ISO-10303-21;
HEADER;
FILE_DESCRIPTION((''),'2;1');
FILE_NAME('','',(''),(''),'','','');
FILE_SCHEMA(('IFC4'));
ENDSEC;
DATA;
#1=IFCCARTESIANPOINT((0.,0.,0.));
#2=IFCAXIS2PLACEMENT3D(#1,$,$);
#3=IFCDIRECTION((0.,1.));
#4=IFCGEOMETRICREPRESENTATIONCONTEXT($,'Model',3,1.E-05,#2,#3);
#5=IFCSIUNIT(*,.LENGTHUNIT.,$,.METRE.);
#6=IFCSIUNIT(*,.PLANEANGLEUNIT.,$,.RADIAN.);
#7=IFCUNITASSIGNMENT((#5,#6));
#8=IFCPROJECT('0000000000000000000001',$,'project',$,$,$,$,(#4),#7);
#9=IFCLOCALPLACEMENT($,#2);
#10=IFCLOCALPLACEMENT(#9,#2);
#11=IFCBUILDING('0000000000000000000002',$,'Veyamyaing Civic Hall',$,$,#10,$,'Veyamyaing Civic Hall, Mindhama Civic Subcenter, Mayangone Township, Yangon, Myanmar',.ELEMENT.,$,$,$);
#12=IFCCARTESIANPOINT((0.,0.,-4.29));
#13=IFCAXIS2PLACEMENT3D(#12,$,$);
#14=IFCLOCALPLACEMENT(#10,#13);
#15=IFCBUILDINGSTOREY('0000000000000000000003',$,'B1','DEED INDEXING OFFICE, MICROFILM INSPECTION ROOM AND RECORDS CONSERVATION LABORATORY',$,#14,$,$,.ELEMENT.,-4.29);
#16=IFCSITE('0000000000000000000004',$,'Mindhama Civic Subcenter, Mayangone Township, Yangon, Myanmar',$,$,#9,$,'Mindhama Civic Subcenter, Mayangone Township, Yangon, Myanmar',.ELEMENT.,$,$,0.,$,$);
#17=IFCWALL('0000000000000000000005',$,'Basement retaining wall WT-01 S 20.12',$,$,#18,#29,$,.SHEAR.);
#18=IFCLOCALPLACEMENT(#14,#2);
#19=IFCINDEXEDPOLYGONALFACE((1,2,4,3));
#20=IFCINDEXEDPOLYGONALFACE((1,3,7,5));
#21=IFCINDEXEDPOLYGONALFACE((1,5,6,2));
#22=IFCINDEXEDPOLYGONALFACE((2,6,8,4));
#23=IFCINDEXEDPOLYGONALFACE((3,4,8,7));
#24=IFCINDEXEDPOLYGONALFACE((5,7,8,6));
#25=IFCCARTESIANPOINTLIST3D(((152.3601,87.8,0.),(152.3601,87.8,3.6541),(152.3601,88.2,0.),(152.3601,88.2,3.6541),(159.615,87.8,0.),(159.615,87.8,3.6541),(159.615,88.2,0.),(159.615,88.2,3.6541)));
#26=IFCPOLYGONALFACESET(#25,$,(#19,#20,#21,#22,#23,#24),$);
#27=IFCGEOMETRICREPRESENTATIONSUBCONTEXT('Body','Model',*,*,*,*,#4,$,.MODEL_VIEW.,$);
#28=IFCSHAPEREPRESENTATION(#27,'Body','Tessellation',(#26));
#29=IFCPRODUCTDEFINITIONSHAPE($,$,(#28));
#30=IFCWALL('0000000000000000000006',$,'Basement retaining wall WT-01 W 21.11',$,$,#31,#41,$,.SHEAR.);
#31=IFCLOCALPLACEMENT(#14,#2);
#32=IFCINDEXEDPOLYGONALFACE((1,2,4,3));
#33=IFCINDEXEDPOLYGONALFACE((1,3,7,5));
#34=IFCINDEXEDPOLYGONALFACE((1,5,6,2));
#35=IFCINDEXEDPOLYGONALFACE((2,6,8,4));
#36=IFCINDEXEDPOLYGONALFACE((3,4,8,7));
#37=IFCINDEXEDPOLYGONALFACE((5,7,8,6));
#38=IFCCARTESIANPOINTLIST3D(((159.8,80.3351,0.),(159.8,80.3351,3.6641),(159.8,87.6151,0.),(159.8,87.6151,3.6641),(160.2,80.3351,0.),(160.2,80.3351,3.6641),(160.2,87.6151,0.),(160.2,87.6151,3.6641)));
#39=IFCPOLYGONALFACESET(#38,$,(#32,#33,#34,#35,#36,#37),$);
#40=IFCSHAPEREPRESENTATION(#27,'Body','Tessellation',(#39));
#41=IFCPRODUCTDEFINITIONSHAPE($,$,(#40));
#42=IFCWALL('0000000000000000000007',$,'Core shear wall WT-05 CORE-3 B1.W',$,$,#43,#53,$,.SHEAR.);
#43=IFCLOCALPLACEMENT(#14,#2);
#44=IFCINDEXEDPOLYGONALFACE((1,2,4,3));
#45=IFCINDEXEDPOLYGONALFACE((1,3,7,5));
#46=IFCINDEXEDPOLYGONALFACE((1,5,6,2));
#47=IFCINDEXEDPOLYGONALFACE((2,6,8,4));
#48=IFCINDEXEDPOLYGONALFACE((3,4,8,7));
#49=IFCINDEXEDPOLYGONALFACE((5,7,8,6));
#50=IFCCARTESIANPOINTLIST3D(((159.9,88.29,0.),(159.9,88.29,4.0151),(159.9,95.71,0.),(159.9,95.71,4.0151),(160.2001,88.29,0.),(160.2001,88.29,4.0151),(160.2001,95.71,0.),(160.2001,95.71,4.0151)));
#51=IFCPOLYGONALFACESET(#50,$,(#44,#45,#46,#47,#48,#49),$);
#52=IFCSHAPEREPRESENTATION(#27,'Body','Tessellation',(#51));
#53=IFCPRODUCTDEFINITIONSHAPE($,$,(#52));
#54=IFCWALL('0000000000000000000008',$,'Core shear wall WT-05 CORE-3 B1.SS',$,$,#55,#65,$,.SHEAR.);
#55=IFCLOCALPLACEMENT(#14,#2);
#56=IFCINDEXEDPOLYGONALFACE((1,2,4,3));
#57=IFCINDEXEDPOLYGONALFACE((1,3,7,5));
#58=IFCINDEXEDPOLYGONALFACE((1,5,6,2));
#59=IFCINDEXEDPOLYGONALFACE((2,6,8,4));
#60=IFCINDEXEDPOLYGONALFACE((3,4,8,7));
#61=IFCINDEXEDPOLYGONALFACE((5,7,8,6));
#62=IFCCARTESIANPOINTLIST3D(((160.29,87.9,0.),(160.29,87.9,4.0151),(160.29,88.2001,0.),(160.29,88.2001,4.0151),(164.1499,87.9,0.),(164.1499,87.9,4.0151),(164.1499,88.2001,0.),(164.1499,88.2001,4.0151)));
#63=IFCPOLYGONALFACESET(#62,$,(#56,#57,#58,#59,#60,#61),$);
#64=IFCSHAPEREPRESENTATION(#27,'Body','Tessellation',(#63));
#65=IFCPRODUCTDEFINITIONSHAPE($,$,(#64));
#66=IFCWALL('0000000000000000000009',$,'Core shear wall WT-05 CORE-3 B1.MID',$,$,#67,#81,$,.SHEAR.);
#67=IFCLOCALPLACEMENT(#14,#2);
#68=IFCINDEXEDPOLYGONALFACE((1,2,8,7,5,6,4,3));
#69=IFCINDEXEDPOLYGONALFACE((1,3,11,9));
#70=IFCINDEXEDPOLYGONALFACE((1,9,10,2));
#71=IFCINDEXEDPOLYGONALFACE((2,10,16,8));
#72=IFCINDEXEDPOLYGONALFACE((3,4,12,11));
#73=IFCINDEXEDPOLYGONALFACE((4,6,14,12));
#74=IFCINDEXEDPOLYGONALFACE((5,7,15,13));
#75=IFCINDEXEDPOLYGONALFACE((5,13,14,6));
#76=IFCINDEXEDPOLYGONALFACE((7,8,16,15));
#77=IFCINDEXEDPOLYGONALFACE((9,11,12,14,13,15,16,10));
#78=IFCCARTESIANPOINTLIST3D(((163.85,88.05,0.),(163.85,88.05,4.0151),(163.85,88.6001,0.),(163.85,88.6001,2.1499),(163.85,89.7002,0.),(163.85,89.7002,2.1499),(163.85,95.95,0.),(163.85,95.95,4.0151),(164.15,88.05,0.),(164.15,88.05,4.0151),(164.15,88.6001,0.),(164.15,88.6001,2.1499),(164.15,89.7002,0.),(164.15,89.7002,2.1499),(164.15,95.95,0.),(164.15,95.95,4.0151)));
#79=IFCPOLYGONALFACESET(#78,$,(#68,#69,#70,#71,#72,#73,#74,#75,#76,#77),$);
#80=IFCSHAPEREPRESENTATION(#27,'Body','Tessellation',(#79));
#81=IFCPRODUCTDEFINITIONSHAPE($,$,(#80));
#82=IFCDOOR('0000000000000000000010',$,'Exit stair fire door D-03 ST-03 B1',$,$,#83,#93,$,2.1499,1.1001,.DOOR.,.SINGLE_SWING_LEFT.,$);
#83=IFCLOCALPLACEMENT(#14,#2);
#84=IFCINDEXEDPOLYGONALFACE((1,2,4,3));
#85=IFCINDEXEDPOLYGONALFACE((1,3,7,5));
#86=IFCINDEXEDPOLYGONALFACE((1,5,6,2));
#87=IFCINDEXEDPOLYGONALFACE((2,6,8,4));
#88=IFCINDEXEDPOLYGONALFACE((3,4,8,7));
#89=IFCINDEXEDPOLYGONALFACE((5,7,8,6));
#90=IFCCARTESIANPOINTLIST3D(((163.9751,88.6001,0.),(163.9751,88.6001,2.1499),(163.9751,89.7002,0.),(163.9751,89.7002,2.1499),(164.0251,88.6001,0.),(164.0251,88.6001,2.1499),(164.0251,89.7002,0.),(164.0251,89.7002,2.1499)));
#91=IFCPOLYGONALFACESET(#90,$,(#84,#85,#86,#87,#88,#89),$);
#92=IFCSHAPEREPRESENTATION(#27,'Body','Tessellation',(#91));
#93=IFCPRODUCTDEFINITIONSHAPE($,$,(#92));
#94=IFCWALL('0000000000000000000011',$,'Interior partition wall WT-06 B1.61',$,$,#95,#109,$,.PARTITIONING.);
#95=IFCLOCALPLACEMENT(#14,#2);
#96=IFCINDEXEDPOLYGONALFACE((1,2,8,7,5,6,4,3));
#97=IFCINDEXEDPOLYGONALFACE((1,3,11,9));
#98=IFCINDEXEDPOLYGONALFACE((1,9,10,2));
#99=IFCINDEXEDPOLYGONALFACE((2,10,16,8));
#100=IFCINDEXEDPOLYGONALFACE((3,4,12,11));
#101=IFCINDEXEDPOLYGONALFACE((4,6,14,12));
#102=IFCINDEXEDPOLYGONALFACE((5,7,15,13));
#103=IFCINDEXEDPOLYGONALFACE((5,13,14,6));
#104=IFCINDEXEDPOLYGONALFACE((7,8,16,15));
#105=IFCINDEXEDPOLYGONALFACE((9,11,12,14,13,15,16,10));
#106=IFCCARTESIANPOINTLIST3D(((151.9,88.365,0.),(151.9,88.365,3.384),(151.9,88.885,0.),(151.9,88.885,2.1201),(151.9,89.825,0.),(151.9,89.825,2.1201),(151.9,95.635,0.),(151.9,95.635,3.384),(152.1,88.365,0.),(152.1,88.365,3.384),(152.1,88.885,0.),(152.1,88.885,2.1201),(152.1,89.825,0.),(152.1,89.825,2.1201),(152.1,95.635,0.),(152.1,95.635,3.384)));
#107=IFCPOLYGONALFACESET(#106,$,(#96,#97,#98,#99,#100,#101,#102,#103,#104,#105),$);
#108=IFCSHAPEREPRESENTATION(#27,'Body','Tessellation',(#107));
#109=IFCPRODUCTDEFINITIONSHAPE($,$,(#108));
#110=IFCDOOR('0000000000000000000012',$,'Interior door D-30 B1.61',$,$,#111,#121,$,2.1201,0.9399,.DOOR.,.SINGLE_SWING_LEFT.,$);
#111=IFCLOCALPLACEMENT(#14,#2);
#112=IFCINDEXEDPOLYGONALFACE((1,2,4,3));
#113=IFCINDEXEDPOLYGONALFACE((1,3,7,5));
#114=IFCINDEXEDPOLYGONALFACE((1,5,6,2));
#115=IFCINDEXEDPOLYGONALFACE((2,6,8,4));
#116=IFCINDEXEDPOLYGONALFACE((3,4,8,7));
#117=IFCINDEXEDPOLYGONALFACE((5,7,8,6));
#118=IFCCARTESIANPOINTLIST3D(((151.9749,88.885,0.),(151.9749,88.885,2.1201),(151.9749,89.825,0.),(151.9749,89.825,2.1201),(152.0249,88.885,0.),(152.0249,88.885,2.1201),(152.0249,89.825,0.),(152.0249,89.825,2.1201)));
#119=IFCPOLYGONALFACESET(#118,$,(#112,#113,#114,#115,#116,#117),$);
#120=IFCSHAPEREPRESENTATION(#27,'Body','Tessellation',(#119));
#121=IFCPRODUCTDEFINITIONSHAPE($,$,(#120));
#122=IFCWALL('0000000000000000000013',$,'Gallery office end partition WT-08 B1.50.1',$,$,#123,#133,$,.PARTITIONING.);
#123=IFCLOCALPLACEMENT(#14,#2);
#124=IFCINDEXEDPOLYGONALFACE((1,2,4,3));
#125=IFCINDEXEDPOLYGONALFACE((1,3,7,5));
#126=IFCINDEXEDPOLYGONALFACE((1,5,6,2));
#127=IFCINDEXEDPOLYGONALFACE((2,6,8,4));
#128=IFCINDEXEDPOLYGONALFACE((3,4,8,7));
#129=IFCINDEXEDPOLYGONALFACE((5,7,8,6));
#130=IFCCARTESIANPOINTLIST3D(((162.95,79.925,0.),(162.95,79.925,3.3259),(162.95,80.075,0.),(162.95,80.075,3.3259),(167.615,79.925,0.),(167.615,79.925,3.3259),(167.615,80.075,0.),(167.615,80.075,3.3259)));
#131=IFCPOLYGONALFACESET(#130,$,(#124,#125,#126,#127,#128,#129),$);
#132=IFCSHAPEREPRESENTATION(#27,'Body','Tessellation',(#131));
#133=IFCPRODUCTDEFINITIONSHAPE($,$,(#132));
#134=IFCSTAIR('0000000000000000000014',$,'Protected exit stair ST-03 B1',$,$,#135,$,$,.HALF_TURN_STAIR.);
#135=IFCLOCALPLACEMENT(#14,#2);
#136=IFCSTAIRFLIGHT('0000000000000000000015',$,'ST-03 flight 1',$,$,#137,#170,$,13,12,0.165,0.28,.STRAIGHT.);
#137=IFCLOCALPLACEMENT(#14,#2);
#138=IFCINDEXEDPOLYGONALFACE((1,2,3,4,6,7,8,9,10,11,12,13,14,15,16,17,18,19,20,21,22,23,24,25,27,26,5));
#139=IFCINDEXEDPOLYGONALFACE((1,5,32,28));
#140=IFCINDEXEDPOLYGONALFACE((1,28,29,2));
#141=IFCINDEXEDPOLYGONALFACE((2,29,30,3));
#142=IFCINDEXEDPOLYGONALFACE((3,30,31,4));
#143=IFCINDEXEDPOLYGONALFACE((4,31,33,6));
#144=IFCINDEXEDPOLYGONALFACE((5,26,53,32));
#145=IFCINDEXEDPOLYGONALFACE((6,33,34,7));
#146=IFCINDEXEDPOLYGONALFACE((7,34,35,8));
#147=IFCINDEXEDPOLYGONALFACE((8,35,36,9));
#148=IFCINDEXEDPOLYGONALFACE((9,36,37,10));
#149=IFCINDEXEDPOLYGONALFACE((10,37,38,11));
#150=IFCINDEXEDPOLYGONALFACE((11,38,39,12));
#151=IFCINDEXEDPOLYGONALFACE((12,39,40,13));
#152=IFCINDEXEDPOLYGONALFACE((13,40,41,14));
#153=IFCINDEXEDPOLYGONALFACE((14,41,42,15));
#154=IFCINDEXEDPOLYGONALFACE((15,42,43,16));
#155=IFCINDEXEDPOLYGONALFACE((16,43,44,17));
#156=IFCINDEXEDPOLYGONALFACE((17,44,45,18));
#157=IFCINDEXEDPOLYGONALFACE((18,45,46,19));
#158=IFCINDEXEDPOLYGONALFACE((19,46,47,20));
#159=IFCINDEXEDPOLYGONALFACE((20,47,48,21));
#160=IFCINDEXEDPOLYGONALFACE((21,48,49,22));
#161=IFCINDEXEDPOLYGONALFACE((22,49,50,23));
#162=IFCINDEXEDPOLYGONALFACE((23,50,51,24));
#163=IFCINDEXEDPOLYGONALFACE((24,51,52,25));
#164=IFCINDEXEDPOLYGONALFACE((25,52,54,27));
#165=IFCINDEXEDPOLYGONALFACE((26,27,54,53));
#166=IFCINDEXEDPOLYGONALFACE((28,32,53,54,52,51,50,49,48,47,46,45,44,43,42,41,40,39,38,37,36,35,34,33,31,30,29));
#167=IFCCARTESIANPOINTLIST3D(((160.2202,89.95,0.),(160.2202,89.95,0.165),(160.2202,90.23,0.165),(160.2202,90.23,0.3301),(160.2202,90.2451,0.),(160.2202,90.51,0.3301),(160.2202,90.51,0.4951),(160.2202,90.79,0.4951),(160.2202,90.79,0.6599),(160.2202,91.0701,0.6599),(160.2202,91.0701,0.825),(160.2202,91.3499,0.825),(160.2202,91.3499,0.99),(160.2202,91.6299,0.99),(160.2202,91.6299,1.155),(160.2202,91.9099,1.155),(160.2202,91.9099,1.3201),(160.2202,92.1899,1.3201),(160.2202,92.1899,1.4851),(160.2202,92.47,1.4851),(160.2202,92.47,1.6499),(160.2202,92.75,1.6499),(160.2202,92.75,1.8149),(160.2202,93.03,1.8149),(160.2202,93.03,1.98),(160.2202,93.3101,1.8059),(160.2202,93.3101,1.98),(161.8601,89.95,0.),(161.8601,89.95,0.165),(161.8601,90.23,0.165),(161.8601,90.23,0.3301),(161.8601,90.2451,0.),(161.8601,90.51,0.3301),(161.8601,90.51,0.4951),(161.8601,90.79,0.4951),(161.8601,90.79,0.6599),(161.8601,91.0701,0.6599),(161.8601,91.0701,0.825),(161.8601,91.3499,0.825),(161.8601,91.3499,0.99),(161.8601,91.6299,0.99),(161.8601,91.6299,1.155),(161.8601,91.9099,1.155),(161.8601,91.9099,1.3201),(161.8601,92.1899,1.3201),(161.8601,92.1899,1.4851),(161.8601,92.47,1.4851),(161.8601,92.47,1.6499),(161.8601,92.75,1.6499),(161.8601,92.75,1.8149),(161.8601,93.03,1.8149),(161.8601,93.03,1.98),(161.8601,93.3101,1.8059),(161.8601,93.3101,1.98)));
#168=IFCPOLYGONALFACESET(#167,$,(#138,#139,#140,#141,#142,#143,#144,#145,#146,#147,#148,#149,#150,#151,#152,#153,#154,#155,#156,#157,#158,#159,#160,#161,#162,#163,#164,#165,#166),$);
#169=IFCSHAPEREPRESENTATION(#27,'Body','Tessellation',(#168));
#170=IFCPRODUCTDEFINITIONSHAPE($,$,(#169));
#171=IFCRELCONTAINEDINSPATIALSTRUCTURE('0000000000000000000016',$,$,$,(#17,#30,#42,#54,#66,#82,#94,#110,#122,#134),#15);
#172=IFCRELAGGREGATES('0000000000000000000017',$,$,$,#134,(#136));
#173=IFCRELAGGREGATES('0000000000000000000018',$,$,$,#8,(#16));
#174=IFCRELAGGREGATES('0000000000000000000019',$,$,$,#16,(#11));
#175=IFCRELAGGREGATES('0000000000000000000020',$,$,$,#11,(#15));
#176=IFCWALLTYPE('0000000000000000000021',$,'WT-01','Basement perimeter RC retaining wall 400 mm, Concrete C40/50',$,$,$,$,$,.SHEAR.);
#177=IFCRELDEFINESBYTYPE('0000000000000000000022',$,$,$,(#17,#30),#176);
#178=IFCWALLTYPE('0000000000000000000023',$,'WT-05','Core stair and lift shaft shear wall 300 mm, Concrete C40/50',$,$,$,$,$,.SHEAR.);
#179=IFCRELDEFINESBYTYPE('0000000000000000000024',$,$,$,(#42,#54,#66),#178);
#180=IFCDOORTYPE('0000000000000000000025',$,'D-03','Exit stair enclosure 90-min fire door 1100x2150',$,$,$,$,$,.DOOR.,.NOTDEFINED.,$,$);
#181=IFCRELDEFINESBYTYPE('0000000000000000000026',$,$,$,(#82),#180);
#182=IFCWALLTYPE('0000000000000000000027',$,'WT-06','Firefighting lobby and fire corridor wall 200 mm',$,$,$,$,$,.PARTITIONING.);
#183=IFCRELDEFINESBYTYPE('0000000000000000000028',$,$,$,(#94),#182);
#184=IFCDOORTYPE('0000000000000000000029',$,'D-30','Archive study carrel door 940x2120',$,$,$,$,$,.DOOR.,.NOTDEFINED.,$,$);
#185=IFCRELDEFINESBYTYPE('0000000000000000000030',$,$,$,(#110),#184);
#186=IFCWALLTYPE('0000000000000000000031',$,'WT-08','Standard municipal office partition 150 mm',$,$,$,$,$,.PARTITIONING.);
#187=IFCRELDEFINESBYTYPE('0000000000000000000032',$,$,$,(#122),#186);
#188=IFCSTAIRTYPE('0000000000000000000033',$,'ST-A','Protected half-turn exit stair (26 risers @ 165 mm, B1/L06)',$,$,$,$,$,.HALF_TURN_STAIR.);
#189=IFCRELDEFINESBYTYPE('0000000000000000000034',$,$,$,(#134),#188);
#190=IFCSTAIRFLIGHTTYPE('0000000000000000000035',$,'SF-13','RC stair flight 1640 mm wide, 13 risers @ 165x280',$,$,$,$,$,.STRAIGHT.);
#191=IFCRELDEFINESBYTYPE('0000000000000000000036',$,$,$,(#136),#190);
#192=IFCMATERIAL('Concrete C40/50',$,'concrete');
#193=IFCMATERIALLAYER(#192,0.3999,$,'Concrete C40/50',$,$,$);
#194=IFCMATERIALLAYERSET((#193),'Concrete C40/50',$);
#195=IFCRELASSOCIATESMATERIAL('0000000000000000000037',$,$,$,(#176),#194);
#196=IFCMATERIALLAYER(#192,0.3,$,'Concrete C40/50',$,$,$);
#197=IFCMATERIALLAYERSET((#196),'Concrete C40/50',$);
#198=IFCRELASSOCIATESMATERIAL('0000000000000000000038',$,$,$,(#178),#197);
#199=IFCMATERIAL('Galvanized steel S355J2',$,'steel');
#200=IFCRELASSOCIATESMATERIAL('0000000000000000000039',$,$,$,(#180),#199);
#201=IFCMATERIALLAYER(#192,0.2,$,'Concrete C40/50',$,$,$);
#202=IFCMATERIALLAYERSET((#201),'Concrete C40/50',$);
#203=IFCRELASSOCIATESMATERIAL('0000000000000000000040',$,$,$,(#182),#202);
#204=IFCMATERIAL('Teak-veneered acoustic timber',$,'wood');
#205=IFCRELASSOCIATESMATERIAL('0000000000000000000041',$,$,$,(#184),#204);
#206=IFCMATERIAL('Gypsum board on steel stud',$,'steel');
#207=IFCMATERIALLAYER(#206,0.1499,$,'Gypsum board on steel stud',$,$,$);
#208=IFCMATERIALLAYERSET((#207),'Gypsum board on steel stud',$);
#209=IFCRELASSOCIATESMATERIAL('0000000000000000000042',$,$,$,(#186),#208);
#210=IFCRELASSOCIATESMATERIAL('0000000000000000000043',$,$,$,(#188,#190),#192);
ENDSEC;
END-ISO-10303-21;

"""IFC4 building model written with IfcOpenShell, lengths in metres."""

from ifc_helpers import new_model, si_unit, direction, frame, frame_2d, origin, place, context, subcontext, project, spatial, polyline, rectangle, outline, extrude, material, layer, layer_set, type_object, element, fill, aggregate, save


model = new_model("IFC4")

# Units and contexts
model_context = context("Model", 3, precision=1e-05, world=origin(), true_north=direction((0.0, 1.0)))
body_context = subcontext(model_context, "Body", "Model", "MODEL_VIEW")
ifc_project = project(units=[si_unit("LENGTHUNIT", "METRE"), si_unit("PLANEANGLEUNIT", "RADIAN")], contexts=[model_context])

# Site, building, storey
site_placement = place(None, origin())
site = spatial("IfcSite", under=ifc_project, at=site_placement, Name="Mindhama Civic Subcenter, Mayangone Township, Yangon, Myanmar", LongName="Mindhama Civic Subcenter, Mayangone Township, Yangon, Myanmar", CompositionType="ELEMENT", RefElevation=0.0)
building_placement = place(site_placement, origin())
building = spatial("IfcBuilding", under=site, at=building_placement, Name="Veyamyaing Civic Hall", LongName="Veyamyaing Civic Hall, Mindhama Civic Subcenter, Mayangone Township, Yangon, Myanmar", CompositionType="ELEMENT")
storey_placement = place(building_placement, frame((0.0, 0.0, -4.29)))
storey = spatial("IfcBuildingStorey", under=building, at=storey_placement, Name="B1", Description="DEED INDEXING OFFICE, MICROFILM INSPECTION ROOM AND RECORDS CONSERVATION LABORATORY", CompositionType="ELEMENT", Elevation=-4.29)

# Shared definitions
ifc_material_1 = material(Name="Concrete C40/50", Category="concrete")

# Walls
ifc_layer_1 = layer(ifc_material_1, 0.3999, Name="Concrete C40/50")
ifc_layer_set_1 = layer_set([ifc_layer_1], Name="Concrete C40/50")
wall_type_1 = type_object("IfcWallType", Name="WT-01", Description="Basement perimeter RC retaining wall 400 mm, Concrete C40/50", PredefinedType="SHEAR", material=ifc_layer_set_1)
wall_1_placement = place(storey_placement, frame((152.3601, 88.0, 0.0), z_axis=(0.0, 0.0, 1.0), x_axis=(1.0, 0.0, 0.0)))
element("IfcWall", 1, at=wall_1_placement, inside=storey, type_object=wall_type_1, Name="Basement retaining wall WT-01 S 20.12", PredefinedType="SHEAR", context=body_context, shape_type="SweptSolid", body=[
    extrude(rectangle(XDim=7.2549, YDim=0.3999, at=frame_2d((3.6274, 0.0))), origin(), (0.0, 0.0, 1.0), 3.6541),
])
wall_2_placement = place(storey_placement, frame((160.0, 80.335, 0.0), z_axis=(0.0, 0.0, 1.0), x_axis=(0.0, 1.0, 0.0)))
element("IfcWall", 2, at=wall_2_placement, inside=storey, type_object=wall_type_1, Name="Basement retaining wall WT-01 W 21.11", PredefinedType="SHEAR", context=body_context, shape_type="SweptSolid", body=[
    extrude(rectangle(XDim=7.28, YDim=0.3999, at=frame_2d((3.6401, 0.0))), origin(), (0.0, 0.0, 1.0), 3.6641),
])
ifc_layer_2 = layer(ifc_material_1, 0.3, Name="Concrete C40/50")
ifc_layer_set_2 = layer_set([ifc_layer_2], Name="Concrete C40/50")
wall_type_2 = type_object("IfcWallType", Name="WT-05", Description="Core stair and lift shaft shear wall 300 mm, Concrete C40/50", PredefinedType="SHEAR", material=ifc_layer_set_2)
wall_3_placement = place(storey_placement, frame((160.05, 88.29, 0.0), z_axis=(0.0, 0.0, 1.0), x_axis=(0.0, 1.0, 0.0)))
element("IfcWall", 3, at=wall_3_placement, inside=storey, type_object=wall_type_2, Name="Core shear wall WT-05 CORE-3 B1.W", PredefinedType="SHEAR", context=body_context, shape_type="SweptSolid", body=[
    extrude(rectangle(XDim=7.4199, YDim=0.3, at=frame_2d((3.71, 0.0))), origin(), (0.0, 0.0, 1.0), 4.0151),
])
wall_4_placement = place(storey_placement, frame((160.29, 88.05, 0.0), z_axis=(0.0, 0.0, 1.0), x_axis=(1.0, 0.0, 0.0)))
element("IfcWall", 4, at=wall_4_placement, inside=storey, type_object=wall_type_2, Name="Core shear wall WT-05 CORE-3 B1.SS", PredefinedType="SHEAR", context=body_context, shape_type="SweptSolid", body=[
    extrude(rectangle(XDim=3.8599, YDim=0.3, at=frame_2d((1.9299, 0.0))), origin(), (0.0, 0.0, 1.0), 4.0151),
])

# Walls, openings, doors
wall_5_placement = place(storey_placement, frame((164.0, 88.05, 0.0), z_axis=(0.0, 0.0, 1.0), x_axis=(0.0, 1.0, 0.0)))
wall_5 = element("IfcWall", 5, at=wall_5_placement, inside=storey, type_object=wall_type_2, Name="Core shear wall WT-05 CORE-3 B1.MID", PredefinedType="SHEAR", context=body_context, shape_type="SweptSolid", body=[
    extrude(rectangle(XDim=7.8999, YDim=0.3, at=frame_2d((3.95, 0.0))), origin(), (0.0, 0.0, 1.0), 4.0151),
])
opening_1_placement = place(wall_5_placement, frame((0.55, 0.0, 0.0)))
opening_1 = element("IfcOpeningElement", 6, at=opening_1_placement, cuts=wall_5, PredefinedType="OPENING", context=body_context, shape_type="SweptSolid", body=[
    extrude(rectangle(XDim=1.1001, YDim=2.1499, at=frame_2d((0.55, 1.075))), frame((0.0, 0.1599, 0.0), z_axis=(0.0, -1.0, 0.0), x_axis=(1.0, 0.0, 0.0)), (0.0, 0.0, 1.0), 0.3201),
])
ifc_material_2 = material(Name="Galvanized steel S355J2", Category="steel")
door_type_1 = type_object("IfcDoorType", Name="D-03", Description="Exit stair enclosure 90-min fire door 1100x2150", OperationType="NOTDEFINED", PredefinedType="DOOR", material=ifc_material_2)
door_1_placement = place(opening_1_placement, origin())
door_1 = element("IfcDoor", 7, at=door_1_placement, inside=storey, type_object=door_type_1, Name="Exit stair fire door D-03 ST-03 B1", OperationType="SINGLE_SWING_LEFT", OverallHeight=2.1499, OverallWidth=1.1001, PredefinedType="DOOR", context=body_context, shape_type="SweptSolid", body=[
    extrude(rectangle(XDim=1.1001, YDim=2.1499, at=frame_2d((0.55, 1.075))), frame((0.0, 0.0249, 0.0), z_axis=(0.0, -1.0, 0.0), x_axis=(1.0, 0.0, 0.0)), (0.0, 0.0, 1.0), 0.05),
])
fill(opening_1, door_1)
ifc_layer_3 = layer(ifc_material_1, 0.2, Name="Concrete C40/50")
ifc_layer_set_3 = layer_set([ifc_layer_3], Name="Concrete C40/50")
wall_type_3 = type_object("IfcWallType", Name="WT-06", Description="Firefighting lobby and fire corridor wall 200 mm", PredefinedType="PARTITIONING", material=ifc_layer_set_3)
wall_6_placement = place(storey_placement, frame((152.0, 88.365, 0.0), z_axis=(0.0, 0.0, 1.0), x_axis=(0.0, 1.0, 0.0)))
wall_6 = element("IfcWall", 8, at=wall_6_placement, inside=storey, type_object=wall_type_3, Name="Interior partition wall WT-06 B1.61", PredefinedType="PARTITIONING", context=body_context, shape_type="SweptSolid", body=[
    extrude(rectangle(XDim=7.27, YDim=0.2, at=frame_2d((3.635, 0.0))), origin(), (0.0, 0.0, 1.0), 3.384),
])
opening_2_placement = place(wall_6_placement, frame((0.52, 0.0, 0.0)))
opening_2 = element("IfcOpeningElement", 9, at=opening_2_placement, cuts=wall_6, PredefinedType="OPENING", context=body_context, shape_type="SweptSolid", body=[
    extrude(rectangle(XDim=0.9399, YDim=2.1201, at=frame_2d((0.47, 1.0601))), frame((0.0, 0.1099, 0.0), z_axis=(0.0, -1.0, 0.0), x_axis=(1.0, 0.0, 0.0)), (0.0, 0.0, 1.0), 0.22),
])
ifc_material_3 = material(Name="Teak-veneered acoustic timber", Category="wood")
door_type_2 = type_object("IfcDoorType", Name="D-30", Description="Archive study carrel door 940x2120", OperationType="NOTDEFINED", PredefinedType="DOOR", material=ifc_material_3)
door_2_placement = place(opening_2_placement, frame((0.9399, 0.0, 0.0), z_axis=(0.0, 0.0, 1.0), x_axis=(-1.0, 0.0, 0.0)))
door_2 = element("IfcDoor", 10, at=door_2_placement, inside=storey, type_object=door_type_2, Name="Interior door D-30 B1.61", OperationType="SINGLE_SWING_LEFT", OverallHeight=2.1201, OverallWidth=0.9399, PredefinedType="DOOR", context=body_context, shape_type="SweptSolid", body=[
    extrude(rectangle(XDim=0.9399, YDim=2.1201, at=frame_2d((0.47, 1.0601))), frame((0.0, 0.0249, 0.0), z_axis=(0.0, -1.0, 0.0), x_axis=(1.0, 0.0, 0.0)), (0.0, 0.0, 1.0), 0.05),
])
fill(opening_2, door_2)

# Wall
ifc_material_4 = material(Name="Gypsum board on steel stud", Category="steel")
ifc_layer_4 = layer(ifc_material_4, 0.1499, Name="Gypsum board on steel stud")
ifc_layer_set_4 = layer_set([ifc_layer_4], Name="Gypsum board on steel stud")
wall_type_4 = type_object("IfcWallType", Name="WT-08", Description="Standard municipal office partition 150 mm", PredefinedType="PARTITIONING", material=ifc_layer_set_4)
wall_7_placement = place(storey_placement, frame((162.95, 80.0, 0.0), z_axis=(0.0, 0.0, 1.0), x_axis=(1.0, 0.0, 0.0)))
element("IfcWall", 11, at=wall_7_placement, inside=storey, type_object=wall_type_4, Name="Gallery office end partition WT-08 B1.50.1", PredefinedType="PARTITIONING", context=body_context, shape_type="SweptSolid", body=[
    extrude(rectangle(XDim=4.665, YDim=0.1499, at=frame_2d((2.3325, 0.0))), origin(), (0.0, 0.0, 1.0), 3.3259),
])

# Stair, stair flight
stair_type = type_object("IfcStairType", Name="ST-A", Description="Protected half-turn exit stair (26 risers @ 165 mm, B1/L06)", PredefinedType="HALF_TURN_STAIR", material=ifc_material_1)
stair_placement = place(storey_placement, origin())
stair = element("IfcStair", 12, at=stair_placement, inside=storey, type_object=stair_type, Name="Protected exit stair ST-03 B1", PredefinedType="HALF_TURN_STAIR")
stair_flight_type = type_object("IfcStairFlightType", Name="SF-13", Description="RC stair flight 1640 mm wide, 13 risers @ 165x280", PredefinedType="STRAIGHT", material=ifc_material_1)
stair_flight_placement = place(storey_placement, frame((161.04, 89.95, 0.0), z_axis=(0.0, 0.0, 1.0), x_axis=(0.0, 1.0, 0.0)))
stair_flight = element("IfcStairFlight", 13, at=stair_flight_placement, type_object=stair_flight_type, Name="ST-03 flight 1", NumberOfRisers=13, NumberOfTreads=12, PredefinedType="STRAIGHT", RiserHeight=0.165, TreadLength=0.28, context=body_context, shape_type="SweptSolid", body=[
    extrude(outline(polyline([(0.0, 0.0), (0.0, 0.165), (0.28, 0.165), (0.28, 0.3301), (0.5601, 0.3301), (0.5601, 0.4951), (0.8401, 0.4951), (0.8401, 0.6599), (1.1201, 0.6599), (1.1201, 0.825), (1.3999, 0.825), (1.3999, 0.99), (1.6799, 0.99), (1.6799, 1.155), (1.96, 1.155), (1.96, 1.3201), (2.24, 1.3201), (2.24, 1.4851), (2.52, 1.4851), (2.52, 1.6499), (2.8, 1.6499), (2.8, 1.8149), (3.0801, 1.8149), (3.0801, 1.98), (3.3601, 1.98), (3.3601, 2.145), (3.3601, 1.8059), (0.2952, 0.0), (0.0, 0.0)])), frame((0.0, 0.8198, 0.0), z_axis=(0.0, -1.0, 0.0), x_axis=(1.0, 0.0, 0.0)), (0.0, 0.0, 1.0), 1.6399),
])
aggregate(stair, [stair_flight])

save(model, "model.ifc")
